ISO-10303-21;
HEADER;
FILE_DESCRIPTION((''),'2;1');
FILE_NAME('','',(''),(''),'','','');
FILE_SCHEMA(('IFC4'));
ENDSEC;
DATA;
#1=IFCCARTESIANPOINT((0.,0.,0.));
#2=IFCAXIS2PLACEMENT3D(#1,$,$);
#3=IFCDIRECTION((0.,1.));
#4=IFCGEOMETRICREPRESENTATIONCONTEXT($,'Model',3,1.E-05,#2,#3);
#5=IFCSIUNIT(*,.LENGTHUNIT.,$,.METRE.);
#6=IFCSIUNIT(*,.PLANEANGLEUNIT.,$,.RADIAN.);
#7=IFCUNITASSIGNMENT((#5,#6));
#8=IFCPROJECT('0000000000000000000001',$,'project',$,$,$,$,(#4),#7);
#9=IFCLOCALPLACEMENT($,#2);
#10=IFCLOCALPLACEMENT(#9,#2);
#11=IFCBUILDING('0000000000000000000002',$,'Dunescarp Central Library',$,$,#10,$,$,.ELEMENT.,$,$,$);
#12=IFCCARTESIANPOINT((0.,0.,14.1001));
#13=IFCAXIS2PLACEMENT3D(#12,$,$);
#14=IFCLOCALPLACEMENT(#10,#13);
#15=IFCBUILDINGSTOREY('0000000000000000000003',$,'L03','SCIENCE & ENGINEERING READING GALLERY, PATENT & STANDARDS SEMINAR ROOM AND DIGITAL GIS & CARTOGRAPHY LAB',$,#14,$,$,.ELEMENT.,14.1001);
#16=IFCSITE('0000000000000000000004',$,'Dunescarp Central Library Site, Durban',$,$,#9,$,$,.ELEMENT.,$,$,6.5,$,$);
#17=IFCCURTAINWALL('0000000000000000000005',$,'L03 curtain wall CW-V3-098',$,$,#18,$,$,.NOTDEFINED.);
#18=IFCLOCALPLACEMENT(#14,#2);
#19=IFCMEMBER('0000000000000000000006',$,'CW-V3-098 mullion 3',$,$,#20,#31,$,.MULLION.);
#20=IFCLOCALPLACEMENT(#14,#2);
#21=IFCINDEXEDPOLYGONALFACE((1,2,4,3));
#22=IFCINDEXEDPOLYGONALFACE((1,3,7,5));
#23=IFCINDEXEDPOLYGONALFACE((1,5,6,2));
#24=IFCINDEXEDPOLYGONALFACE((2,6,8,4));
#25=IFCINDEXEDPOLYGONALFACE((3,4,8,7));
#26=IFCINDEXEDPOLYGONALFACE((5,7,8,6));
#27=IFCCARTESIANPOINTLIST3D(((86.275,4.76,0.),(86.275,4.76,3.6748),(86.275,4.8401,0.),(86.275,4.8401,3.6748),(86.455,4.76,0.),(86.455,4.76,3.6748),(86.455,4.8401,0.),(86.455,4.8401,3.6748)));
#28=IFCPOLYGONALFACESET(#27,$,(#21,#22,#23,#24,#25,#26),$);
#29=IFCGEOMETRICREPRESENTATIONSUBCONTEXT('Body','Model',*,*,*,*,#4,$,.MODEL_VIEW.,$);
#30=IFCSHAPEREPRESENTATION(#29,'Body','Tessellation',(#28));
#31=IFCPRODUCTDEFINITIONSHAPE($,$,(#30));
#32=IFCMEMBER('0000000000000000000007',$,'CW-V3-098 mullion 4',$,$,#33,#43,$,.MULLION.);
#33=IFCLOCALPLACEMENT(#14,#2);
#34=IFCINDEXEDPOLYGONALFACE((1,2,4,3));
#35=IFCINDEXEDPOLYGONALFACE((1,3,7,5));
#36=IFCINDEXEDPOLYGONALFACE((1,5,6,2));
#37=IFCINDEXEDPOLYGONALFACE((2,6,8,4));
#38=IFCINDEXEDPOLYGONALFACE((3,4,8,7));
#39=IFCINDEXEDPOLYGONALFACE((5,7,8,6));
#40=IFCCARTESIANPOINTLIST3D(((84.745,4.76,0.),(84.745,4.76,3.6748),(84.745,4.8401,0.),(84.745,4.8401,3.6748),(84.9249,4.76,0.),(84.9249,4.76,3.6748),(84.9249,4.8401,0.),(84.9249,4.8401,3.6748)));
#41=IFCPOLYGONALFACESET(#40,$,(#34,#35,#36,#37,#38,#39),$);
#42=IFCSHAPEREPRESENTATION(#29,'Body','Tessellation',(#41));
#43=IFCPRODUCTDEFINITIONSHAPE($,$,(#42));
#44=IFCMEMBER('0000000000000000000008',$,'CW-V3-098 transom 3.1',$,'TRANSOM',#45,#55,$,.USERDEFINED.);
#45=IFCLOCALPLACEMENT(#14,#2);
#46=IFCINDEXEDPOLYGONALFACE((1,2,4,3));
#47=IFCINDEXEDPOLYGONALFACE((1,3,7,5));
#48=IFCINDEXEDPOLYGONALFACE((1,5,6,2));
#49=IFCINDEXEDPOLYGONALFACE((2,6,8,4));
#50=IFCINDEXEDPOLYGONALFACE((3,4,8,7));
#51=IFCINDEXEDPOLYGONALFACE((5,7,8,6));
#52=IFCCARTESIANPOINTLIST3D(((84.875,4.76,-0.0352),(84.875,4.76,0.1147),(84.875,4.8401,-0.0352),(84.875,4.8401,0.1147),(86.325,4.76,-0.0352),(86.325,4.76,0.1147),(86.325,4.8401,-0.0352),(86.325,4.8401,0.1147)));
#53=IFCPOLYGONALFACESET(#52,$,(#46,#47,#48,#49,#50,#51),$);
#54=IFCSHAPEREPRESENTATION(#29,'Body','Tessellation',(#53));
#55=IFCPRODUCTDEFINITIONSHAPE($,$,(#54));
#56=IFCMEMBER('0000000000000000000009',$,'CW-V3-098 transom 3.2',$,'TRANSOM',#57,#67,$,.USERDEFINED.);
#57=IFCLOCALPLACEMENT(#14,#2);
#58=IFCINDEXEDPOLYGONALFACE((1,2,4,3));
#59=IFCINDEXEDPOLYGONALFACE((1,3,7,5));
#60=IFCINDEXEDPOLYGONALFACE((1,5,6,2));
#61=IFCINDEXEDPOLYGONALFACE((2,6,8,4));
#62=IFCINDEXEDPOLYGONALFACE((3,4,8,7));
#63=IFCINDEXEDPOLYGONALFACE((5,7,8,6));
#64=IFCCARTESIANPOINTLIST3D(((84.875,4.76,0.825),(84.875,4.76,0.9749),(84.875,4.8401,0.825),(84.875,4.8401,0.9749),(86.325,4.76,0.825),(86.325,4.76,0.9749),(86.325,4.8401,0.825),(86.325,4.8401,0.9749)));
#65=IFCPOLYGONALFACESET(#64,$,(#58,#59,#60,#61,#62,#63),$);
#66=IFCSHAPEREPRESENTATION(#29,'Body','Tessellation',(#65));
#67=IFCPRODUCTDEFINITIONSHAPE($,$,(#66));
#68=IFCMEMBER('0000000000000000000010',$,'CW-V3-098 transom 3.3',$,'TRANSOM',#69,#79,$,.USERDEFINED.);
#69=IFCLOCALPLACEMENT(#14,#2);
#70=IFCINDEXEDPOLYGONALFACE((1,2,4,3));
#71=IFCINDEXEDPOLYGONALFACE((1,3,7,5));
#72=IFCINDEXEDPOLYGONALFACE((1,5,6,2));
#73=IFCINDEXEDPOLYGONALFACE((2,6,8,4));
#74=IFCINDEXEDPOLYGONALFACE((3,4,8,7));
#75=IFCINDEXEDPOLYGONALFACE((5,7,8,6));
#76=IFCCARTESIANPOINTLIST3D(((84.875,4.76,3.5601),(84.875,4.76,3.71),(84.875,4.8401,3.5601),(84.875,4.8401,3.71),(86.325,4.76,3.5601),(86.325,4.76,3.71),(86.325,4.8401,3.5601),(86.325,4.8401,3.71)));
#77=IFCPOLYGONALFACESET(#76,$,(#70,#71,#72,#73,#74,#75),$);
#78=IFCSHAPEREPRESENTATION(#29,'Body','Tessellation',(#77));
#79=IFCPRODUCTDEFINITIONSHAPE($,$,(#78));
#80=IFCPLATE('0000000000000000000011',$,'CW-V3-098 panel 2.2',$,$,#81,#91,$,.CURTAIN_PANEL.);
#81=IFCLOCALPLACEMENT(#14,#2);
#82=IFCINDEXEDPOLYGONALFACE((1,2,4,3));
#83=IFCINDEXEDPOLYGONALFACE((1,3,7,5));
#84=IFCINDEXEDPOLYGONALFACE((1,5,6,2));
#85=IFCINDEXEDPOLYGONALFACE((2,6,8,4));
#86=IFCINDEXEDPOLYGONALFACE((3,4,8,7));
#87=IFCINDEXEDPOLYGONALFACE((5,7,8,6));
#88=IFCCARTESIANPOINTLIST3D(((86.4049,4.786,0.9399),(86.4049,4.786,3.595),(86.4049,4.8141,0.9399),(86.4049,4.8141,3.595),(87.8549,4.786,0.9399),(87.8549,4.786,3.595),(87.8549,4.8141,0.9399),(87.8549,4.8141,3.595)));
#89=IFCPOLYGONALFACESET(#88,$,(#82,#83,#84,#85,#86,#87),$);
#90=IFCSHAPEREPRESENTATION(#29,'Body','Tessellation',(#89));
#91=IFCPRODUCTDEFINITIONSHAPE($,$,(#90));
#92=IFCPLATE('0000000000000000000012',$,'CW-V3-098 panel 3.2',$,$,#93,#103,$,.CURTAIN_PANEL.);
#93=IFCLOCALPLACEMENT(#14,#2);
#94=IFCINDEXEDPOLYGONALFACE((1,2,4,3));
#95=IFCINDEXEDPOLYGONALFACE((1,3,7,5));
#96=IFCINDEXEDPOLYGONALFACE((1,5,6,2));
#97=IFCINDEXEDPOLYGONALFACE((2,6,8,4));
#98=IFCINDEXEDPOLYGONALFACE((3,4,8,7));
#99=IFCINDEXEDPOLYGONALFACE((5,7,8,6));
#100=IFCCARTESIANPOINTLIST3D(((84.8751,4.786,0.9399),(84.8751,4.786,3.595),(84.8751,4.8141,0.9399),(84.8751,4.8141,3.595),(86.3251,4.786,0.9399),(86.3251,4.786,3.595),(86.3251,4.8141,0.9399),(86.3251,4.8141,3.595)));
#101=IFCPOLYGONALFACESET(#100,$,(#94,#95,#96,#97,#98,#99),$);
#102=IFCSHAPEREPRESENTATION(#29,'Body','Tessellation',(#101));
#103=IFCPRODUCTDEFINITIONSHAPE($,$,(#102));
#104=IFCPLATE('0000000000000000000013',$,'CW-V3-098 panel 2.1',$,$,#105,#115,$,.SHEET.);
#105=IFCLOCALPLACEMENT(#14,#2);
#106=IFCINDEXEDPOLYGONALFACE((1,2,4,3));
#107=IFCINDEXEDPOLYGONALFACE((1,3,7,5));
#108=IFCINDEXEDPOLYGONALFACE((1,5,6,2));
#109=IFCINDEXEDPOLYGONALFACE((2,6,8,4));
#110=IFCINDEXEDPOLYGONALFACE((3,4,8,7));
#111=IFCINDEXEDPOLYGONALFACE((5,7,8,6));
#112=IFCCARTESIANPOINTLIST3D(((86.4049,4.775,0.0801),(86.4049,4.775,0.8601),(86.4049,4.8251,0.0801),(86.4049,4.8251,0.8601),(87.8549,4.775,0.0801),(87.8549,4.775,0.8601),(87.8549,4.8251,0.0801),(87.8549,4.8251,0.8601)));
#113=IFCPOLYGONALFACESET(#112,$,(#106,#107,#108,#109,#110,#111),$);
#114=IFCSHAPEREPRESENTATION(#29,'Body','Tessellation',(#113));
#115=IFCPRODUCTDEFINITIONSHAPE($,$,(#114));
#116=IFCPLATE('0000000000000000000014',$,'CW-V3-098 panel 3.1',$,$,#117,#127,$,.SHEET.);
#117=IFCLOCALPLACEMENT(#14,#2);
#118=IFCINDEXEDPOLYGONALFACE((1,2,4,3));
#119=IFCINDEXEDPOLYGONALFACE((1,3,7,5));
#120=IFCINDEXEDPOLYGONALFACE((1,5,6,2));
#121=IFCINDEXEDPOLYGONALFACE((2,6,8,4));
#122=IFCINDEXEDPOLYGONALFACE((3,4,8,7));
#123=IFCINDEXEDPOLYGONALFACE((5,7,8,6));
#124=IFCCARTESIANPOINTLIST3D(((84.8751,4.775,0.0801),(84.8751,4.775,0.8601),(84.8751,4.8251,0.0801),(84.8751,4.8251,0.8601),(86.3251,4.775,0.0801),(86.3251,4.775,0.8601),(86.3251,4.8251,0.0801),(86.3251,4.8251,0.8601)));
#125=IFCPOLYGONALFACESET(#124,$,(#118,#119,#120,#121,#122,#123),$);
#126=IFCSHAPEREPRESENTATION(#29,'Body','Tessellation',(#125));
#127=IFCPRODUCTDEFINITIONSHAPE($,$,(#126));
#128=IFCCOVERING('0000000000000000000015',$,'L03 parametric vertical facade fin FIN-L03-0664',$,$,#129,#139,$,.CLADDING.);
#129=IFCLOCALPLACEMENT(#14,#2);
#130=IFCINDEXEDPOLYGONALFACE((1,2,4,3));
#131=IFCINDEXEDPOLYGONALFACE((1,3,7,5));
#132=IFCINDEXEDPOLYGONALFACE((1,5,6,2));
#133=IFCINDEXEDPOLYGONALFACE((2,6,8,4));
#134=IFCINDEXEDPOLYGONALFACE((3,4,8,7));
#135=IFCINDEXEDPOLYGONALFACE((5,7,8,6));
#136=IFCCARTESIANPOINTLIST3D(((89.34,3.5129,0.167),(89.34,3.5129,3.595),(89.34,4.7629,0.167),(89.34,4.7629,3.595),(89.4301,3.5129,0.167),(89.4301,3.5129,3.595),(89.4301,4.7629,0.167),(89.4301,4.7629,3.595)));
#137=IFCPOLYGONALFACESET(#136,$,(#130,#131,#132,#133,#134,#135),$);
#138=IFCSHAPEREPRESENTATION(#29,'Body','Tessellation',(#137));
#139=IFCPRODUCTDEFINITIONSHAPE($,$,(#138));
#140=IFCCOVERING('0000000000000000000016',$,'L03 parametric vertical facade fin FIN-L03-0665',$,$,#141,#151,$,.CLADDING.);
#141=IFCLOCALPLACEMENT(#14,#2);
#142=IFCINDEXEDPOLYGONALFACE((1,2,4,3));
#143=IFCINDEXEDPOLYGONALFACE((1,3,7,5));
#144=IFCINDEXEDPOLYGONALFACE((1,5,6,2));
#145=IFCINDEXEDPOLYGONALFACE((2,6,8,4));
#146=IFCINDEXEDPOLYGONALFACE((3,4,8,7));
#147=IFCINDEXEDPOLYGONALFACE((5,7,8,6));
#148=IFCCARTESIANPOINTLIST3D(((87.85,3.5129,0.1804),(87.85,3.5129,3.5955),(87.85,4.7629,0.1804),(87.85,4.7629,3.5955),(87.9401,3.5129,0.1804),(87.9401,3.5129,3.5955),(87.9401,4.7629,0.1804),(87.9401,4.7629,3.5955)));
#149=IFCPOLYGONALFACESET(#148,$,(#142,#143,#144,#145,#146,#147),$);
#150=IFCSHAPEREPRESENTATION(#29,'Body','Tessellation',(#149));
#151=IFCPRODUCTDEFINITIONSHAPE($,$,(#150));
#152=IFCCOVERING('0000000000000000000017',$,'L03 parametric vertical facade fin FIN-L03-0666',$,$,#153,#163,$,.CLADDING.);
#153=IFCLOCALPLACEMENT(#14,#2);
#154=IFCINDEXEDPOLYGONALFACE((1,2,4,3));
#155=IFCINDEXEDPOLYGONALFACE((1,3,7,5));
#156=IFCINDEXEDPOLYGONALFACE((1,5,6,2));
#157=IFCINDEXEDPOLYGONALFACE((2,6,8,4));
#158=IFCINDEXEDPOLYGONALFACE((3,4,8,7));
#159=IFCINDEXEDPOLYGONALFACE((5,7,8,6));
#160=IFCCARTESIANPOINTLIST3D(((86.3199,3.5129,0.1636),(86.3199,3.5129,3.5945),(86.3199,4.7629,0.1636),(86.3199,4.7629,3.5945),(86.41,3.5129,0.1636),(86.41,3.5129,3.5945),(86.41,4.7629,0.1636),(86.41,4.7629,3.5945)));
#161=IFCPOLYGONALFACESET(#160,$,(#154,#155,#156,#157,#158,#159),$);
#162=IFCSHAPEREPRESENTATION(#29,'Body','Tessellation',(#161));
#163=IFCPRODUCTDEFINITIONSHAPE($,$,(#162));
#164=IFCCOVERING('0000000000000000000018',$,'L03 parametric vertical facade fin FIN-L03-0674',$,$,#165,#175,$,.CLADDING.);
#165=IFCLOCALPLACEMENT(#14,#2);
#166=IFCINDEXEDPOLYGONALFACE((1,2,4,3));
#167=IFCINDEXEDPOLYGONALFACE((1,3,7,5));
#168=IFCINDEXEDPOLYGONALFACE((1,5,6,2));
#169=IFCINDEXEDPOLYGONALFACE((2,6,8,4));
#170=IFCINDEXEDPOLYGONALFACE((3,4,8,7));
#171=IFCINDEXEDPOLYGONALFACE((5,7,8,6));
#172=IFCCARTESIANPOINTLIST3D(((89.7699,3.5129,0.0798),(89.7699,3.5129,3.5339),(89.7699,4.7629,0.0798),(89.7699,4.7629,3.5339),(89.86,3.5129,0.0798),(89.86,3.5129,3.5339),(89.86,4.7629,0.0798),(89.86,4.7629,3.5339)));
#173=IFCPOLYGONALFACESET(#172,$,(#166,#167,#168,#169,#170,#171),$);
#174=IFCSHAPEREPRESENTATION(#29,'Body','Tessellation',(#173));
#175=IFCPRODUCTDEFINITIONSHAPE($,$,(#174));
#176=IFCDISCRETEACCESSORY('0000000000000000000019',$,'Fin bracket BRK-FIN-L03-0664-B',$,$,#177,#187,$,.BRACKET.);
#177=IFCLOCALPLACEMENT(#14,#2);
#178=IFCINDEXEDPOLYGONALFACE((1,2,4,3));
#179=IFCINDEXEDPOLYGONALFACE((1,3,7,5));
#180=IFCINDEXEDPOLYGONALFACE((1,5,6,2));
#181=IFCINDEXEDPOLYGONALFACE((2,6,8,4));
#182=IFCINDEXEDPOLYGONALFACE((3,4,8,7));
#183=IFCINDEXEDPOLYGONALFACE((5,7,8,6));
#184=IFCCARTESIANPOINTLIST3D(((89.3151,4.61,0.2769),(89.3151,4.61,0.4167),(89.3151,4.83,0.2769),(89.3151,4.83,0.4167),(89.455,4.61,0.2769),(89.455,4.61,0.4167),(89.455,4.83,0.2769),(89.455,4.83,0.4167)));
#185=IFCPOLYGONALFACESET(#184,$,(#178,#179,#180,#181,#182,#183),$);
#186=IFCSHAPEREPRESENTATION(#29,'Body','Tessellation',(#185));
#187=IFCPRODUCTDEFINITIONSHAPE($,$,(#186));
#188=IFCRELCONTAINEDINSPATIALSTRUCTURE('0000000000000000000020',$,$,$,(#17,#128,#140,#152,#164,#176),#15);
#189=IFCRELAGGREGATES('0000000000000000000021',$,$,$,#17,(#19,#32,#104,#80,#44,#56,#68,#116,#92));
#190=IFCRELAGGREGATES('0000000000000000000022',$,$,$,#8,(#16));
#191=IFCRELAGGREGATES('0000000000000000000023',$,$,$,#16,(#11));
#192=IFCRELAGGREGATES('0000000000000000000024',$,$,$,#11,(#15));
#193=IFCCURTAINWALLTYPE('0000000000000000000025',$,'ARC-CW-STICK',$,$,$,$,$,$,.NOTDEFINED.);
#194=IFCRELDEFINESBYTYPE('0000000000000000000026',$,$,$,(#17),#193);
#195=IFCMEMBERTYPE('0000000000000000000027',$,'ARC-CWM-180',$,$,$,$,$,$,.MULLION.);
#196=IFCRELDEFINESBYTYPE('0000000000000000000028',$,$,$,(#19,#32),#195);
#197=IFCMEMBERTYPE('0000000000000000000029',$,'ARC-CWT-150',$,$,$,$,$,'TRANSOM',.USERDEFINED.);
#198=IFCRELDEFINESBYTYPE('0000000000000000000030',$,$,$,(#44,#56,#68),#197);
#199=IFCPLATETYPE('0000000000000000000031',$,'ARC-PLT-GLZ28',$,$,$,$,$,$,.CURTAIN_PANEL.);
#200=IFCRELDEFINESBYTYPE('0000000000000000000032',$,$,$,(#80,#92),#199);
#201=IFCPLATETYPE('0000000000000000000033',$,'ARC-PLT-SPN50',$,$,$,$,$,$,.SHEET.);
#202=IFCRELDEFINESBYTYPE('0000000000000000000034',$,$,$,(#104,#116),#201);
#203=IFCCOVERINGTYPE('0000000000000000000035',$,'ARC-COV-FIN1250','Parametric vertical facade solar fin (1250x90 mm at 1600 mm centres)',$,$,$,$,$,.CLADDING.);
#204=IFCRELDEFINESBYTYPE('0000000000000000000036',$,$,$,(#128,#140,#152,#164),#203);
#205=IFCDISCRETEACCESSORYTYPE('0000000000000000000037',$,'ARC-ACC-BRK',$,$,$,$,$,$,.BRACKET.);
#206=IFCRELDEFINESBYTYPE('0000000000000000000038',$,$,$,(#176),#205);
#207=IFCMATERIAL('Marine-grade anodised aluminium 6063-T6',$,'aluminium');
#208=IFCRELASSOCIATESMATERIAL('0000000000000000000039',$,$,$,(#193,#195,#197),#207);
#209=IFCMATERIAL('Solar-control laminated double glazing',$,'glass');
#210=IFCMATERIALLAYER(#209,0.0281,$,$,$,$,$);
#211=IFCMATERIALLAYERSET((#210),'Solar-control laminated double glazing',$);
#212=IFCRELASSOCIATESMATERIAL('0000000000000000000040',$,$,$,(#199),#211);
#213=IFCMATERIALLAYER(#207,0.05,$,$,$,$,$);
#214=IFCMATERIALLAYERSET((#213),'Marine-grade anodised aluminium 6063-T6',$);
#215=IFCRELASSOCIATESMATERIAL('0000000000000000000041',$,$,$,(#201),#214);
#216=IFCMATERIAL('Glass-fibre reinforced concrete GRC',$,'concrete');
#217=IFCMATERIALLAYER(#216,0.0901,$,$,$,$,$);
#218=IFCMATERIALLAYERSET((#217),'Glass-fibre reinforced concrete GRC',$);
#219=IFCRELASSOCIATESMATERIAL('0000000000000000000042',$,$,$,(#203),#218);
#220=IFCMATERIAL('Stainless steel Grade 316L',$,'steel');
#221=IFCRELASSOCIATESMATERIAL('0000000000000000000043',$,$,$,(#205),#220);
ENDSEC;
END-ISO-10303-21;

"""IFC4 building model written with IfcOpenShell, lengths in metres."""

from ifc_helpers import new_model, si_unit, direction, frame, origin, origin_2d, place, context, subcontext, project, spatial, rectangle, extrude, material, layer, layer_set, material_profile, profile_set, type_object, element, aggregate, save


model = new_model("IFC4")

# Units and contexts
model_context = context("Model", 3, precision=1e-05, world=origin(), true_north=direction((0.0, 1.0)))
body_context = subcontext(model_context, "Body", "Model", "MODEL_VIEW")
ifc_project = project(units=[si_unit("LENGTHUNIT", "METRE"), si_unit("PLANEANGLEUNIT", "RADIAN")], contexts=[model_context])

# Site, building, storey
site_placement = place(None, origin())
site = spatial("IfcSite", under=ifc_project, at=site_placement, Name="Dunescarp Central Library Site, Durban", CompositionType="ELEMENT", RefElevation=6.5)
building_placement = place(site_placement, origin())
building = spatial("IfcBuilding", under=site, at=building_placement, Name="Dunescarp Central Library", CompositionType="ELEMENT")
storey_placement = place(building_placement, frame((0.0, 0.0, 14.1001)))
storey = spatial("IfcBuildingStorey", under=building, at=storey_placement, Name="L03", Description="SCIENCE & ENGINEERING READING GALLERY, PATENT & STANDARDS SEMINAR ROOM AND DIGITAL GIS & CARTOGRAPHY LAB", CompositionType="ELEMENT", Elevation=14.1001)

# Curtain wall, members, plates
ifc_material_1 = material(Name="Marine-grade anodised aluminium 6063-T6", Category="aluminium")
curtain_wall_type = type_object("IfcCurtainWallType", Name="ARC-CW-STICK", PredefinedType="NOTDEFINED", material=ifc_material_1)
curtain_wall_placement = place(storey_placement, origin())
curtain_wall = element("IfcCurtainWall", 1, at=curtain_wall_placement, inside=storey, type_object=curtain_wall_type, Name="L03 curtain wall CW-V3-098", PredefinedType="NOTDEFINED")
ifc_material_profile_1 = material_profile(ifc_material_1, rectangle(XDim=0.0801, YDim=0.1799, at=origin_2d()), Name="AL 80x180")
ifc_profile_set_1 = profile_set([ifc_material_profile_1], Name="Marine-grade anodised aluminium 6063-T6")
member_type_1 = type_object("IfcMemberType", Name="ARC-CWM-180", PredefinedType="MULLION", material=ifc_profile_set_1)
member_1_placement = place(storey_placement, frame((86.365, 4.8, 0.0), z_axis=(0.0, 0.0, 1.0), x_axis=(0.0, -1.0, 0.0)))
member_1 = element("IfcMember", 2, at=member_1_placement, type_object=member_type_1, Name="CW-V3-098 mullion 3", PredefinedType="MULLION", context=body_context, shape_type="SweptSolid", body=[
    extrude(rectangle(XDim=0.0801, YDim=0.1799, at=origin_2d()), origin(), (0.0, 0.0, 1.0), 3.6748),
])
member_2_placement = place(storey_placement, frame((84.835, 4.8, 0.0), z_axis=(0.0, 0.0, 1.0), x_axis=(0.0, -1.0, 0.0)))
member_2 = element("IfcMember", 3, at=member_2_placement, type_object=member_type_1, Name="CW-V3-098 mullion 4", PredefinedType="MULLION", context=body_context, shape_type="SweptSolid", body=[
    extrude(rectangle(XDim=0.0801, YDim=0.1799, at=origin_2d()), origin(), (0.0, 0.0, 1.0), 3.6748),
])
ifc_material_profile_2 = material_profile(ifc_material_1, rectangle(XDim=0.0801, YDim=0.1499, at=origin_2d()), Name="AL 80x150")
ifc_profile_set_2 = profile_set([ifc_material_profile_2], Name="Marine-grade anodised aluminium 6063-T6")
member_type_2 = type_object("IfcMemberType", Name="ARC-CWT-150", ElementType="TRANSOM", PredefinedType="USERDEFINED", material=ifc_profile_set_2)
member_3_placement = place(storey_placement, frame((86.325, 4.8, 0.0398), z_axis=(-1.0, 0.0, 0.0), x_axis=(0.0, -1.0, 0.0)))
member_3 = element("IfcMember", 4, at=member_3_placement, type_object=member_type_2, Name="CW-V3-098 transom 3.1", ObjectType="TRANSOM", PredefinedType="USERDEFINED", context=body_context, shape_type="SweptSolid", body=[
    extrude(rectangle(XDim=0.0801, YDim=0.1499, at=origin_2d()), origin(), (0.0, 0.0, 1.0), 1.45),
])
member_4_placement = place(storey_placement, frame((86.325, 4.8, 0.8999), z_axis=(-1.0, 0.0, 0.0), x_axis=(0.0, -1.0, 0.0)))
member_4 = element("IfcMember", 5, at=member_4_placement, type_object=member_type_2, Name="CW-V3-098 transom 3.2", ObjectType="TRANSOM", PredefinedType="USERDEFINED", context=body_context, shape_type="SweptSolid", body=[
    extrude(rectangle(XDim=0.0801, YDim=0.1499, at=origin_2d()), origin(), (0.0, 0.0, 1.0), 1.45),
])
member_5_placement = place(storey_placement, frame((86.325, 4.8, 3.635), z_axis=(-1.0, 0.0, 0.0), x_axis=(0.0, -1.0, 0.0)))
member_5 = element("IfcMember", 6, at=member_5_placement, type_object=member_type_2, Name="CW-V3-098 transom 3.3", ObjectType="TRANSOM", PredefinedType="USERDEFINED", context=body_context, shape_type="SweptSolid", body=[
    extrude(rectangle(XDim=0.0801, YDim=0.1499, at=origin_2d()), origin(), (0.0, 0.0, 1.0), 1.45),
])
ifc_material_2 = material(Name="Solar-control laminated double glazing", Category="glass")
ifc_layer_1 = layer(ifc_material_2, 0.0281)
ifc_layer_set_1 = layer_set([ifc_layer_1], Name="Solar-control laminated double glazing")
plate_type_1 = type_object("IfcPlateType", Name="ARC-PLT-GLZ28", PredefinedType="CURTAIN_PANEL", material=ifc_layer_set_1)
plate_1_placement = place(storey_placement, frame((87.1299, 4.8, 0.9399), z_axis=(0.0, 0.0, 1.0), x_axis=(-1.0, 0.0, 0.0)))
plate_1 = element("IfcPlate", 7, at=plate_1_placement, type_object=plate_type_1, Name="CW-V3-098 panel 2.2", PredefinedType="CURTAIN_PANEL", context=body_context, shape_type="SweptSolid", body=[
    extrude(rectangle(XDim=1.45, YDim=0.0281, at=origin_2d()), origin(), (0.0, 0.0, 1.0), 2.655),
])
plate_2_placement = place(storey_placement, frame((85.6001, 4.8, 0.9399), z_axis=(0.0, 0.0, 1.0), x_axis=(-1.0, 0.0, 0.0)))
plate_2 = element("IfcPlate", 8, at=plate_2_placement, type_object=plate_type_1, Name="CW-V3-098 panel 3.2", PredefinedType="CURTAIN_PANEL", context=body_context, shape_type="SweptSolid", body=[
    extrude(rectangle(XDim=1.45, YDim=0.0281, at=origin_2d()), origin(), (0.0, 0.0, 1.0), 2.655),
])
ifc_layer_2 = layer(ifc_material_1, 0.05)
ifc_layer_set_2 = layer_set([ifc_layer_2], Name="Marine-grade anodised aluminium 6063-T6")
plate_type_2 = type_object("IfcPlateType", Name="ARC-PLT-SPN50", PredefinedType="SHEET", material=ifc_layer_set_2)
plate_3_placement = place(storey_placement, frame((87.1299, 4.8, 0.0801), z_axis=(0.0, 0.0, 1.0), x_axis=(-1.0, 0.0, 0.0)))
plate_3 = element("IfcPlate", 9, at=plate_3_placement, type_object=plate_type_2, Name="CW-V3-098 panel 2.1", PredefinedType="SHEET", context=body_context, shape_type="SweptSolid", body=[
    extrude(rectangle(XDim=1.45, YDim=0.05, at=origin_2d()), origin(), (0.0, 0.0, 1.0), 0.78),
])
plate_4_placement = place(storey_placement, frame((85.6001, 4.8, 0.0801), z_axis=(0.0, 0.0, 1.0), x_axis=(-1.0, 0.0, 0.0)))
plate_4 = element("IfcPlate", 10, at=plate_4_placement, type_object=plate_type_2, Name="CW-V3-098 panel 3.1", PredefinedType="SHEET", context=body_context, shape_type="SweptSolid", body=[
    extrude(rectangle(XDim=1.45, YDim=0.05, at=origin_2d()), origin(), (0.0, 0.0, 1.0), 0.78),
])
aggregate(curtain_wall, [member_1, member_2, plate_3, plate_1, member_3, member_4, member_5, plate_4, plate_2])

# Coverings
ifc_material_3 = material(Name="Glass-fibre reinforced concrete GRC", Category="concrete")
ifc_layer_3 = layer(ifc_material_3, 0.0901)
ifc_layer_set_3 = layer_set([ifc_layer_3], Name="Glass-fibre reinforced concrete GRC")
covering_type = type_object("IfcCoveringType", Name="ARC-COV-FIN1250", Description="Parametric vertical facade solar fin (1250x90 mm at 1600 mm centres)", PredefinedType="CLADDING", material=ifc_layer_set_3)
covering_1_placement = place(storey_placement, frame((89.385, 4.1379, 0.167), z_axis=(0.0, 0.0, 1.0), x_axis=(0.0, -1.0, 0.0)))
element("IfcCovering", 11, at=covering_1_placement, inside=storey, type_object=covering_type, Name="L03 parametric vertical facade fin FIN-L03-0664", PredefinedType="CLADDING", context=body_context, shape_type="SweptSolid", body=[
    extrude(rectangle(XDim=1.25, YDim=0.0901, at=origin_2d()), origin(), (0.0, 0.0, 1.0), 3.428),
])
covering_2_placement = place(storey_placement, frame((87.895, 4.1379, 0.1804), z_axis=(0.0, 0.0, 1.0), x_axis=(0.0, -1.0, 0.0)))
element("IfcCovering", 12, at=covering_2_placement, inside=storey, type_object=covering_type, Name="L03 parametric vertical facade fin FIN-L03-0665", PredefinedType="CLADDING", context=body_context, shape_type="SweptSolid", body=[
    extrude(rectangle(XDim=1.25, YDim=0.0901, at=origin_2d()), origin(), (0.0, 0.0, 1.0), 3.415),
])
covering_3_placement = place(storey_placement, frame((86.365, 4.1379, 0.1636), z_axis=(0.0, 0.0, 1.0), x_axis=(0.0, -1.0, 0.0)))
element("IfcCovering", 13, at=covering_3_placement, inside=storey, type_object=covering_type, Name="L03 parametric vertical facade fin FIN-L03-0666", PredefinedType="CLADDING", context=body_context, shape_type="SweptSolid", body=[
    extrude(rectangle(XDim=1.25, YDim=0.0901, at=origin_2d()), origin(), (0.0, 0.0, 1.0), 3.4309),
])
covering_4_placement = place(storey_placement, frame((89.8149, 4.1379, 0.0798), z_axis=(0.0, 0.0, 1.0), x_axis=(0.0, -1.0, 0.0)))
element("IfcCovering", 14, at=covering_4_placement, inside=storey, type_object=covering_type, Name="L03 parametric vertical facade fin FIN-L03-0674", PredefinedType="CLADDING", context=body_context, shape_type="SweptSolid", body=[
    extrude(rectangle(XDim=1.25, YDim=0.0901, at=origin_2d()), origin(), (0.0, 0.0, 1.0), 3.4541),
])

# Discrete accessory
ifc_material_4 = material(Name="Stainless steel Grade 316L", Category="steel")
discrete_accessory_type = type_object("IfcDiscreteAccessoryType", Name="ARC-ACC-BRK", PredefinedType="BRACKET", material=ifc_material_4)
for number, where, z_axis, x_axis, name in (
    (15, (89.385, 4.72, 0.2769), (0.0, 0.0, 1.0), (0.0, -1.0, 0.0), "Fin bracket BRK-FIN-L03-0664-B"),
):
    element("IfcDiscreteAccessory", number, at=place(storey_placement, frame(where, z_axis=z_axis, x_axis=x_axis)), inside=storey, type_object=discrete_accessory_type, Name=name, PredefinedType="BRACKET", context=body_context, shape_type="SweptSolid", body=[
        extrude(rectangle(XDim=0.22, YDim=0.1399, at=origin_2d()), origin(), (0.0, 0.0, 1.0), 0.1399),
    ])

save(model, "model.ifc")
